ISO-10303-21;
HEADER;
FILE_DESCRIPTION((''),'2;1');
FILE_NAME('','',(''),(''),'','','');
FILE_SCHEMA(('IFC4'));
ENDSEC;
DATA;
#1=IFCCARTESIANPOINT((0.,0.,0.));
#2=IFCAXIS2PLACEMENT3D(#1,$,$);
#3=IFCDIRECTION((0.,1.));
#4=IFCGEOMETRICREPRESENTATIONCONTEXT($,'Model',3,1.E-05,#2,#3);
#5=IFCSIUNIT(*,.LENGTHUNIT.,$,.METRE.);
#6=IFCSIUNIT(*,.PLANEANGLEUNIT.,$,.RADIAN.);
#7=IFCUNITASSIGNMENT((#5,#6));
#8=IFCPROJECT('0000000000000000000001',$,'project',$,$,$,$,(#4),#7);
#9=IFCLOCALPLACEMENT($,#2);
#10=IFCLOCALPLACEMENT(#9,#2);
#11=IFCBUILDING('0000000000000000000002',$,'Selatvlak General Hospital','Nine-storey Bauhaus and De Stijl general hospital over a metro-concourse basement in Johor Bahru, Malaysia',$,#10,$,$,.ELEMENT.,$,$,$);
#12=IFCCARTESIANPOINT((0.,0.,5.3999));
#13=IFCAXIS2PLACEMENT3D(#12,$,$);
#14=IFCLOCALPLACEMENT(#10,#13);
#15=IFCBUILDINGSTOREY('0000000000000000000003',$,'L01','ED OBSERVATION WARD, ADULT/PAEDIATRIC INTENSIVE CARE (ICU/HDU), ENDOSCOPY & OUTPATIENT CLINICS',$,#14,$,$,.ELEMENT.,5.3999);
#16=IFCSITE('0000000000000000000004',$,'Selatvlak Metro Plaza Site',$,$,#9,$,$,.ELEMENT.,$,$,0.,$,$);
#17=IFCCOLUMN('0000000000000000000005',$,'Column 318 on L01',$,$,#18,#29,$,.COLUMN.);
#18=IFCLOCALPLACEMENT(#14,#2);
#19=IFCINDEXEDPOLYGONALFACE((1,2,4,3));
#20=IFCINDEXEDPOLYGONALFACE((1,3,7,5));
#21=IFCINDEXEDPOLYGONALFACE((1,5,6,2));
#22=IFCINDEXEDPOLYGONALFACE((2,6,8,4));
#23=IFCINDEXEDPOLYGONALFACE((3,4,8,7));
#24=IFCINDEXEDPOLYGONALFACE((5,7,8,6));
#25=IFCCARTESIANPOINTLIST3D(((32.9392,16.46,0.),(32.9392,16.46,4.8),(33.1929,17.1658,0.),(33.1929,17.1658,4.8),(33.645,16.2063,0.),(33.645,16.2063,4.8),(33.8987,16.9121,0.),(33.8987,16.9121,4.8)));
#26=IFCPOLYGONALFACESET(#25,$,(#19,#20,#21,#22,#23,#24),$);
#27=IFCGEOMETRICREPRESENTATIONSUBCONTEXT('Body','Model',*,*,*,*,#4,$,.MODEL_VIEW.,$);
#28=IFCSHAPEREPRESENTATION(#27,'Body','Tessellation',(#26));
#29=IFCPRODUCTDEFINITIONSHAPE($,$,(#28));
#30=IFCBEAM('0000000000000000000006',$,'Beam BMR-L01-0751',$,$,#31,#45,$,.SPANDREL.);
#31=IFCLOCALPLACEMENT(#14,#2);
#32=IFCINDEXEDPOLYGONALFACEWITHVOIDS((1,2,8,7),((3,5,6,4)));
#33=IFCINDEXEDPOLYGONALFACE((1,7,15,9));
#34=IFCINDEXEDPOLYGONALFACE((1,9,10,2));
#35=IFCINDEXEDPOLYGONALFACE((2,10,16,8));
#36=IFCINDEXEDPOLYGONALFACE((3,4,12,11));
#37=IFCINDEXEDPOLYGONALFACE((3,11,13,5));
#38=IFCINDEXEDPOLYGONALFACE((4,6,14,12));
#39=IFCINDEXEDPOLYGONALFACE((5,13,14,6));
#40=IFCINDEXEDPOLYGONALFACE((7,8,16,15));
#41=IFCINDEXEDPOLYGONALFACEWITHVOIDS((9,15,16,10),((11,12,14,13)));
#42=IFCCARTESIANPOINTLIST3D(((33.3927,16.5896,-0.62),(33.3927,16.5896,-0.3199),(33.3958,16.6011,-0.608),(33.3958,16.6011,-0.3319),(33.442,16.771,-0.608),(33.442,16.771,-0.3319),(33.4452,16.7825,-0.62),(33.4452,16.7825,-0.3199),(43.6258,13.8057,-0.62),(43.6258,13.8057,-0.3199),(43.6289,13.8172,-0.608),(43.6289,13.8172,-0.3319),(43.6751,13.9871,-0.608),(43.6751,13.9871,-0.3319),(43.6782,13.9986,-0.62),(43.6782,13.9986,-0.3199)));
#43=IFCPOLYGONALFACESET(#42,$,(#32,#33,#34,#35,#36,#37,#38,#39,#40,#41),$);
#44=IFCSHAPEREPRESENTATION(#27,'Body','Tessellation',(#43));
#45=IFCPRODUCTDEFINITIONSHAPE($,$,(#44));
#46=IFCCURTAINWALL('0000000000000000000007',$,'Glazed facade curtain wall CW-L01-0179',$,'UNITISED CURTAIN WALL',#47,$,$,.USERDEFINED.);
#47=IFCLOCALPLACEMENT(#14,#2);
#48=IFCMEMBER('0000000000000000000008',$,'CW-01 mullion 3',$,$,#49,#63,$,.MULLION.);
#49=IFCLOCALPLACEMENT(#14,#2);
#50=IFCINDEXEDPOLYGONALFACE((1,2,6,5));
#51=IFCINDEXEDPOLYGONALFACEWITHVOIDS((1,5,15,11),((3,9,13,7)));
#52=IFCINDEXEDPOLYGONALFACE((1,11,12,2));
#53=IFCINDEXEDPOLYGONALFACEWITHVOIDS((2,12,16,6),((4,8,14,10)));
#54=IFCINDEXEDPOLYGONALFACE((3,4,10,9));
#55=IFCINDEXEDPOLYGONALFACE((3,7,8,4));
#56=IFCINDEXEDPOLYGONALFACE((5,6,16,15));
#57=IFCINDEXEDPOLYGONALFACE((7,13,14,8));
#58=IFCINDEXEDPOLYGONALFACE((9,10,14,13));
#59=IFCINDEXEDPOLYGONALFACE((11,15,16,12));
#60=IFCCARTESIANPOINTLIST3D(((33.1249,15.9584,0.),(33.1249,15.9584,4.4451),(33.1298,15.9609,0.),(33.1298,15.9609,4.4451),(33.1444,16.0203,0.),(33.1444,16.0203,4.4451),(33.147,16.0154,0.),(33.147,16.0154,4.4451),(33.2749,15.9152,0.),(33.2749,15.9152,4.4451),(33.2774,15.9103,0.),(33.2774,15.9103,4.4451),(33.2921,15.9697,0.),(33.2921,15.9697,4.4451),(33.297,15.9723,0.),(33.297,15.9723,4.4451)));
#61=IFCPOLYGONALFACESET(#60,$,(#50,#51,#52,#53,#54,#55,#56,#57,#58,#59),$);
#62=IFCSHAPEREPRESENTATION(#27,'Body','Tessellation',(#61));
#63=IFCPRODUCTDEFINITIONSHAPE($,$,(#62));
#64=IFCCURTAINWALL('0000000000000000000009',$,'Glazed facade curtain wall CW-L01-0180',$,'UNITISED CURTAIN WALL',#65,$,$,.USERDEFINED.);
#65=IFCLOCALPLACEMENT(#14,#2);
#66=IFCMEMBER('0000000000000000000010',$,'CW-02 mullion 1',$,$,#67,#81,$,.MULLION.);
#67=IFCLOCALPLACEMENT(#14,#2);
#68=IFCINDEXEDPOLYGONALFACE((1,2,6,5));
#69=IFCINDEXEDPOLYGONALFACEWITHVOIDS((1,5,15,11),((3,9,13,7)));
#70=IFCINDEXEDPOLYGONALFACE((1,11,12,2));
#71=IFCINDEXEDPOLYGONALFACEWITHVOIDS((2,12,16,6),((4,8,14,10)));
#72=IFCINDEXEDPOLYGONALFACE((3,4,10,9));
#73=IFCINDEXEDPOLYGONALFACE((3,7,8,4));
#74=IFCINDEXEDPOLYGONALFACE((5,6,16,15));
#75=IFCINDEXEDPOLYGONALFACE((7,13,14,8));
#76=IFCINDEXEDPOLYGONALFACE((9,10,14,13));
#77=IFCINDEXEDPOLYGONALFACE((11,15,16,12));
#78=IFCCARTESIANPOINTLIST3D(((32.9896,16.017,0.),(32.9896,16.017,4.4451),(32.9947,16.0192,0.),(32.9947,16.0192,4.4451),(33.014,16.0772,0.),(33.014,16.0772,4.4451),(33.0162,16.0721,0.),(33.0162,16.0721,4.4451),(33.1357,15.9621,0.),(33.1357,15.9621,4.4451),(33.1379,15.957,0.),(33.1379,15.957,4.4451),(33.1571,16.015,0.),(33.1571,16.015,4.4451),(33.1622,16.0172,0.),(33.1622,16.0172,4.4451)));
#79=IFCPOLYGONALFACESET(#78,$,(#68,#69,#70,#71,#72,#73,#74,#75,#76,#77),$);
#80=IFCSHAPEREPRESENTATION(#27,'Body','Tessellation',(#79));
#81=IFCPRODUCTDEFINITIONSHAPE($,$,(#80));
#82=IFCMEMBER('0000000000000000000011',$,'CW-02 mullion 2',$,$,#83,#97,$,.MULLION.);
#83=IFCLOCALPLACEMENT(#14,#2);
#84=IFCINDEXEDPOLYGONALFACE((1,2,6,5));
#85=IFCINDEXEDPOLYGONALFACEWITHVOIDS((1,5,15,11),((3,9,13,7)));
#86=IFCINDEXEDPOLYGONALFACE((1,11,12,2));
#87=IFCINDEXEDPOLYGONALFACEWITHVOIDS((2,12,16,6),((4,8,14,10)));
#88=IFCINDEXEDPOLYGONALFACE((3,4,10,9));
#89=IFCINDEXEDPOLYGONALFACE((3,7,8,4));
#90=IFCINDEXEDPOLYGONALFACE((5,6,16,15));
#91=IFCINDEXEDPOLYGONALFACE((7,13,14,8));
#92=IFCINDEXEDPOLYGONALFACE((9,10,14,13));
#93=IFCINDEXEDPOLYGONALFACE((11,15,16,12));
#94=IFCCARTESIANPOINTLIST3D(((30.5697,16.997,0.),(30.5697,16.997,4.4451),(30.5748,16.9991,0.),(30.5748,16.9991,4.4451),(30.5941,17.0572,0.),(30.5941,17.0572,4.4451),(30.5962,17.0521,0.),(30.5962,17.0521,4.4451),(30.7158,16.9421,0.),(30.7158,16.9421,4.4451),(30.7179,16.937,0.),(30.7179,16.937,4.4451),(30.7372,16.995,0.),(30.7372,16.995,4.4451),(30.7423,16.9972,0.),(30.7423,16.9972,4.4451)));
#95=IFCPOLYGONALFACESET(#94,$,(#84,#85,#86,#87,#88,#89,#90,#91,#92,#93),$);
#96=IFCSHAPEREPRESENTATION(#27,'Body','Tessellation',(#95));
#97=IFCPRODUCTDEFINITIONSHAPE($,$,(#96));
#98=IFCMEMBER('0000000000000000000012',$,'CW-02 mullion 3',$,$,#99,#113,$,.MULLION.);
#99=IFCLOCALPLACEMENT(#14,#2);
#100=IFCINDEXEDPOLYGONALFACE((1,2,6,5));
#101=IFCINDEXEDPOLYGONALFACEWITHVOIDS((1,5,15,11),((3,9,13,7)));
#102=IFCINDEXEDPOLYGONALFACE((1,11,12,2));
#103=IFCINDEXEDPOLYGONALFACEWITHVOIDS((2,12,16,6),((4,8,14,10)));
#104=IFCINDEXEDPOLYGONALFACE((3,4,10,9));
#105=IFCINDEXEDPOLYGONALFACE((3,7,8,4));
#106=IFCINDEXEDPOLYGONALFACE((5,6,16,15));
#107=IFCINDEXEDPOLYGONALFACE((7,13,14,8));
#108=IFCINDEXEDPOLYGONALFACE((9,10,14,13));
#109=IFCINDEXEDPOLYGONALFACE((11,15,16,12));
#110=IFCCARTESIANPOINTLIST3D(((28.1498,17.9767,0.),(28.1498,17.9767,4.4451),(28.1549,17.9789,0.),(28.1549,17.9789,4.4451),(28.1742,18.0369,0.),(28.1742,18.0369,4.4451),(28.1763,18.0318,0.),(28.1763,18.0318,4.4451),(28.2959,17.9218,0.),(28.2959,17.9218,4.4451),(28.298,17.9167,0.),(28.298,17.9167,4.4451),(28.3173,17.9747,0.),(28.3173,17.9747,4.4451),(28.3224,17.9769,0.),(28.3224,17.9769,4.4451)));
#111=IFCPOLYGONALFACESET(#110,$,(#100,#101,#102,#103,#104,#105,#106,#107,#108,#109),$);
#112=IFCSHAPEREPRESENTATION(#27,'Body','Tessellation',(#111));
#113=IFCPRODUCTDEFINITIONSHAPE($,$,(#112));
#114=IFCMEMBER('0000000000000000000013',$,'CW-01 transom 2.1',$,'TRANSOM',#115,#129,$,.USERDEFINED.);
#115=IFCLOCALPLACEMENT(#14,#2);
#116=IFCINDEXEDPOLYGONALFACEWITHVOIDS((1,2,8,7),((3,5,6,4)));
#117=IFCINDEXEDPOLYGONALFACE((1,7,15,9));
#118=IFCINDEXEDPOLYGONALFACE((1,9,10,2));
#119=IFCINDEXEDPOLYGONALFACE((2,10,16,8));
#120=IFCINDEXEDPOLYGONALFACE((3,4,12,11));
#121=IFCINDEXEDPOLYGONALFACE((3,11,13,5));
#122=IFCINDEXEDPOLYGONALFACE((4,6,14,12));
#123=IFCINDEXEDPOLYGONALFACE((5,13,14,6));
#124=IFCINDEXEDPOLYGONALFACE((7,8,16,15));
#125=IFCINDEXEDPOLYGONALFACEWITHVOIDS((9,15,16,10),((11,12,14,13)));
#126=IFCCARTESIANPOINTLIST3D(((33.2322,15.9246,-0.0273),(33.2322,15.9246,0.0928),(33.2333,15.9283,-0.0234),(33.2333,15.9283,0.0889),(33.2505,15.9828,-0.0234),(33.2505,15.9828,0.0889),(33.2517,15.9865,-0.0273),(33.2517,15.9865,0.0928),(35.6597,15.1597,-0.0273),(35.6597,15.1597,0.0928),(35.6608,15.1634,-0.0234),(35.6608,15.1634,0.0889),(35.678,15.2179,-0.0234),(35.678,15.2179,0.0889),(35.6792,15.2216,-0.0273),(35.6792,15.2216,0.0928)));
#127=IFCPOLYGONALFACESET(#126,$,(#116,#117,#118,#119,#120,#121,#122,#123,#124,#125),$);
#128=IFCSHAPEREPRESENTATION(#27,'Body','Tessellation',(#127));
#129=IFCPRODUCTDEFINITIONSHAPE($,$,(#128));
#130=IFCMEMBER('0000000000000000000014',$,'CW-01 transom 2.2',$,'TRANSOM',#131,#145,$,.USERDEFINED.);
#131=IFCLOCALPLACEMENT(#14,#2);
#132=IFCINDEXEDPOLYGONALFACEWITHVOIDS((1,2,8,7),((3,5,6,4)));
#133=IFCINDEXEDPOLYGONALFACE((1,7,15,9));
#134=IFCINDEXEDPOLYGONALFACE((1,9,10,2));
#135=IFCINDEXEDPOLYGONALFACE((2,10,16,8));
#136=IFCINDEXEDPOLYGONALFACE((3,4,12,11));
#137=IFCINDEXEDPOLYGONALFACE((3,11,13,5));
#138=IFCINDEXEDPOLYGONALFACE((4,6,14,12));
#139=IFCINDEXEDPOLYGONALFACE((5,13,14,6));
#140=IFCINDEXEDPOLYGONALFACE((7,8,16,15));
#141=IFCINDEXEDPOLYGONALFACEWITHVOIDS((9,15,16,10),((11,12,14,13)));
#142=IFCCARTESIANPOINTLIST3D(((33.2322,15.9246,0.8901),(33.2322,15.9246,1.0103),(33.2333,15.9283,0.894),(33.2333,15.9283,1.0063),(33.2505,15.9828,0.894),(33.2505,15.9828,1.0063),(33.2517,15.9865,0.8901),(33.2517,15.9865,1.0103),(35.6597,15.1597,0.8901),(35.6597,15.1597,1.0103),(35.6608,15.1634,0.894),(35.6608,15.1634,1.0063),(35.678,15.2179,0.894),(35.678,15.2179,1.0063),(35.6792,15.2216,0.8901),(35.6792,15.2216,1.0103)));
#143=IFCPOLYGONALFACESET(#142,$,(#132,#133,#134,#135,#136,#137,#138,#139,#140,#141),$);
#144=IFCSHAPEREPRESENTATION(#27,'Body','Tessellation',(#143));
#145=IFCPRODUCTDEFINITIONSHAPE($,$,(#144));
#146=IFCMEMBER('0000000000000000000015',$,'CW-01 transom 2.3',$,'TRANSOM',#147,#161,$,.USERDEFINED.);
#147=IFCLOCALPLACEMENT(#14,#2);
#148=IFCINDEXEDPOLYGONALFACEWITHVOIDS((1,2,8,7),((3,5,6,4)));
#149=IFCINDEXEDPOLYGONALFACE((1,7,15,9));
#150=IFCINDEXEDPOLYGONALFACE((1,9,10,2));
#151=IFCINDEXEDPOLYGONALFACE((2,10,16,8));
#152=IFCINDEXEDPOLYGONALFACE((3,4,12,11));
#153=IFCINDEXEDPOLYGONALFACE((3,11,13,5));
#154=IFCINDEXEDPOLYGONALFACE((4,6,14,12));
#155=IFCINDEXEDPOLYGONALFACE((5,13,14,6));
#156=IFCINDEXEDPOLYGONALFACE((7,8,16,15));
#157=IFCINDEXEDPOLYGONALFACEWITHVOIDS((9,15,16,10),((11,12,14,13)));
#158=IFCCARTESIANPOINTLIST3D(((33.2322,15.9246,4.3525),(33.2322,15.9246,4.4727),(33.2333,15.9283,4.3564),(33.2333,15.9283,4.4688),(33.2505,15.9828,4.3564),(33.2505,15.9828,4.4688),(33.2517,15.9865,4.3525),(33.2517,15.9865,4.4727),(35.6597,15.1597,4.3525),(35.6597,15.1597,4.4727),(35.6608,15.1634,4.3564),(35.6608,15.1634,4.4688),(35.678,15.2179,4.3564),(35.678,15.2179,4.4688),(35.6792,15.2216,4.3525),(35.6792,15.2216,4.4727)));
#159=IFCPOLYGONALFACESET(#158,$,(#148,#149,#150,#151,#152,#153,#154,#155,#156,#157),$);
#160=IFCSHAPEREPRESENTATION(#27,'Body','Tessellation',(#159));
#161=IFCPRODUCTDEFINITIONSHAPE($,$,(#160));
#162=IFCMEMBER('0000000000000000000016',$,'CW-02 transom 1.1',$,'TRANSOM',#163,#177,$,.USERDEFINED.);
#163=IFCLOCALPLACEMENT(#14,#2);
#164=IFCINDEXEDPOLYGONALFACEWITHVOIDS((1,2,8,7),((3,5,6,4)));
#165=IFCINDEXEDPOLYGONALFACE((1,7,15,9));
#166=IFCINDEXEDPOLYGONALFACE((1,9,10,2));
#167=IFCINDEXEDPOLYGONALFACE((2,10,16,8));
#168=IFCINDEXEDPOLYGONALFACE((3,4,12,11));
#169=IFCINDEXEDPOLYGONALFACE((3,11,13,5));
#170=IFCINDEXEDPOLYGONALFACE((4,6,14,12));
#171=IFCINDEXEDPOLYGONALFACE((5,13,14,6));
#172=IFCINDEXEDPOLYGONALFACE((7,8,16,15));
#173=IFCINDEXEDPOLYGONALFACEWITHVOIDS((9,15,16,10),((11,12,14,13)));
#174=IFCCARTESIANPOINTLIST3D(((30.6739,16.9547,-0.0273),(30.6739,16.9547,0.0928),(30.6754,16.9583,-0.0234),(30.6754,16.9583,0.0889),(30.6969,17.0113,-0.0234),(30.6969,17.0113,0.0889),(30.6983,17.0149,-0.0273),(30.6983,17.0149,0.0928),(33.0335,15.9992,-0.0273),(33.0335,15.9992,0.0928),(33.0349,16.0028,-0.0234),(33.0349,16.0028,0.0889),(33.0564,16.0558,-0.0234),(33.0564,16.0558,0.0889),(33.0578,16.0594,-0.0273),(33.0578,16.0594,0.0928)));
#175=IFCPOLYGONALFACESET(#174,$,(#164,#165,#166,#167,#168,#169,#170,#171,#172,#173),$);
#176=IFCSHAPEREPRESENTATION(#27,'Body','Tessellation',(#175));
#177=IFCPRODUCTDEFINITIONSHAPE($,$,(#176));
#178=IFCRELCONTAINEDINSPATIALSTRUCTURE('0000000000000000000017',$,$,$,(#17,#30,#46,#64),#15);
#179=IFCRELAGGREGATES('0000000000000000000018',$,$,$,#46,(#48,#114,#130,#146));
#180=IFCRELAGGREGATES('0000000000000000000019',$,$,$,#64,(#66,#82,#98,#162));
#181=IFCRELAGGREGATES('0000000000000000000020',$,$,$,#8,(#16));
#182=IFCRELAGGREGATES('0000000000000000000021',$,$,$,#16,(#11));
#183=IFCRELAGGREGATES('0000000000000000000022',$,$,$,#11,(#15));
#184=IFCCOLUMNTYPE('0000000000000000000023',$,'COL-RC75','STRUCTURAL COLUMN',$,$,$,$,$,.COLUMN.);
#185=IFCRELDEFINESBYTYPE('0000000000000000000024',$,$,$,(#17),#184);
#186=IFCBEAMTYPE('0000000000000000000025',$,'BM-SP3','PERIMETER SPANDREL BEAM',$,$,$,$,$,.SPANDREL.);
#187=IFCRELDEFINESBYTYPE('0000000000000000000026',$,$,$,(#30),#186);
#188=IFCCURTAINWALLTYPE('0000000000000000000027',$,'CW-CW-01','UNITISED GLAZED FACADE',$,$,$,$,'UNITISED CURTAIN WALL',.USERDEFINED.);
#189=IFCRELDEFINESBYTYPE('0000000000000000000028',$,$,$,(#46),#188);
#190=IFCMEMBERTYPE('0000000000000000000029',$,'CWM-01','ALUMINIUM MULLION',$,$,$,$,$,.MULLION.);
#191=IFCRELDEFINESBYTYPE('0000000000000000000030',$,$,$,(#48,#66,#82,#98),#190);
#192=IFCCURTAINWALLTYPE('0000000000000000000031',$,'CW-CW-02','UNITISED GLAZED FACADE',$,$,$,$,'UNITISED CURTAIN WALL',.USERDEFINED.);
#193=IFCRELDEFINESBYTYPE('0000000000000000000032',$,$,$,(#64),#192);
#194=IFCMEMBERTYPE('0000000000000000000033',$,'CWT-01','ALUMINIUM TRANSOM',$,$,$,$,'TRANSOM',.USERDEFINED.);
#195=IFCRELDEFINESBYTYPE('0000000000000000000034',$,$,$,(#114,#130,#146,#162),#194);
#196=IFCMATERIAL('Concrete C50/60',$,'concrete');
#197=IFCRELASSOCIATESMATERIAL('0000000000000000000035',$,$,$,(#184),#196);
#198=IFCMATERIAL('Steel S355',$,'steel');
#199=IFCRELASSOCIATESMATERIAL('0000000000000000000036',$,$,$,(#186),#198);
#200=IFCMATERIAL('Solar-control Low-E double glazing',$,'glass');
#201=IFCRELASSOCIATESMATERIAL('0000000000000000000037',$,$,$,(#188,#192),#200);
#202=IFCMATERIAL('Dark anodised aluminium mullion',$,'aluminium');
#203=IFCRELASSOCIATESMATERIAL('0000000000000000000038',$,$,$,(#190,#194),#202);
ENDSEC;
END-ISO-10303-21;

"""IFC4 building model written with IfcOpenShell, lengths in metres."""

from ifc_helpers import new_model, si_unit, direction, frame, origin, origin_2d, place, context, subcontext, project, spatial, rectangle, hollow_rectangle, extrude, material, material_profile, profile_set, type_object, element, aggregate, save


model = new_model("IFC4")

# Units and contexts
model_context = context("Model", 3, precision=1e-05, world=origin(), true_north=direction((0.0, 1.0)))
body_context = subcontext(model_context, "Body", "Model", "MODEL_VIEW")
ifc_project = project(units=[si_unit("LENGTHUNIT", "METRE"), si_unit("PLANEANGLEUNIT", "RADIAN")], contexts=[model_context])

# Site, building, storey
site_placement = place(None, origin())
site = spatial("IfcSite", under=ifc_project, at=site_placement, Name="Selatvlak Metro Plaza Site", CompositionType="ELEMENT", RefElevation=0.0)
building_placement = place(site_placement, origin())
building = spatial("IfcBuilding", under=site, at=building_placement, Name="Selatvlak General Hospital", Description="Nine-storey Bauhaus and De Stijl general hospital over a metro-concourse basement in Johor Bahru, Malaysia", CompositionType="ELEMENT")
storey_placement = place(building_placement, frame((0.0, 0.0, 5.3999)))
storey = spatial("IfcBuildingStorey", under=building, at=storey_placement, Name="L01", Description="ED OBSERVATION WARD, ADULT/PAEDIATRIC INTENSIVE CARE (ICU/HDU), ENDOSCOPY & OUTPATIENT CLINICS", CompositionType="ELEMENT", Elevation=5.3999)

# Column
ifc_material_1 = material(Name="Concrete C50/60", Category="concrete")
ifc_material_profile_1 = material_profile(ifc_material_1, rectangle(XDim=0.75, YDim=0.75, at=origin_2d()), Name="RC-COL 750x750")
ifc_profile_set_1 = profile_set([ifc_material_profile_1], Name="Concrete C50/60")
column_type = type_object("IfcColumnType", Name="COL-RC75", Description="STRUCTURAL COLUMN", PredefinedType="COLUMN", material=ifc_profile_set_1)
column_placement = place(storey_placement, frame((33.4189, 16.686, 0.0), z_axis=(0.0, 0.0, 1.0), x_axis=(0.338262, 0.941052, 0.0)))
element("IfcColumn", 1, at=column_placement, inside=storey, type_object=column_type, Name="Column 318 on L01", PredefinedType="COLUMN", context=body_context, shape_type="SweptSolid", body=[
    extrude(rectangle(XDim=0.75, YDim=0.75, at=origin_2d()), origin(), (0.0, 0.0, 1.0), 4.8),
])

# Beam
ifc_material_2 = material(Name="Steel S355", Category="steel")
ifc_material_profile_2 = material_profile(ifc_material_2, hollow_rectangle(XDim=0.2, YDim=0.3, WallThickness=0.012, at=origin_2d()), Name="RHS 300x200x12")
ifc_profile_set_2 = profile_set([ifc_material_profile_2], Name="Steel S355")
beam_type = type_object("IfcBeamType", Name="BM-SP3", Description="PERIMETER SPANDREL BEAM", PredefinedType="SPANDREL", material=ifc_profile_set_2)
beam_placement = place(storey_placement, frame((33.4189, 16.686, -0.47), z_axis=(0.964929, -0.26251, 0.0), x_axis=(0.26251, 0.964929, 0.0)))
element("IfcBeam", 2, at=beam_placement, inside=storey, type_object=beam_type, Name="Beam BMR-L01-0751", PredefinedType="SPANDREL", context=body_context, shape_type="SweptSolid", body=[
    extrude(hollow_rectangle(XDim=0.2, YDim=0.3, WallThickness=0.012, at=origin_2d()), origin(), (0.0, 0.0, 1.0), 10.605),
])

# Curtain wall, member
ifc_material_3 = material(Name="Solar-control Low-E double glazing", Category="glass")
curtain_wall_type_1 = type_object("IfcCurtainWallType", Name="CW-CW-01", Description="UNITISED GLAZED FACADE", ElementType="UNITISED CURTAIN WALL", PredefinedType="USERDEFINED", material=ifc_material_3)
curtain_wall_1_placement = place(storey_placement, origin())
curtain_wall_1 = element("IfcCurtainWall", 3, at=curtain_wall_1_placement, inside=storey, type_object=curtain_wall_type_1, Name="Glazed facade curtain wall CW-L01-0179", ObjectType="UNITISED CURTAIN WALL", PredefinedType="USERDEFINED")
ifc_material_4 = material(Name="Dark anodised aluminium mullion", Category="aluminium")
ifc_material_profile_3 = material_profile(ifc_material_4, hollow_rectangle(XDim=0.0649, YDim=0.1599, WallThickness=0.0039, at=origin_2d()), Name="AL-MUL 65x160x4")
ifc_profile_set_3 = profile_set([ifc_material_profile_3], Name="Dark anodised aluminium mullion")
member_type_1 = type_object("IfcMemberType", Name="CWM-01", Description="ALUMINIUM MULLION", PredefinedType="MULLION", material=ifc_profile_set_3)
member_1_placement = place(storey_placement, frame((33.2109, 15.9653, 0.0), z_axis=(0.0, 0.0, 1.0), x_axis=(-0.300461, -0.953794, 0.0)))
member_1 = element("IfcMember", 4, at=member_1_placement, type_object=member_type_1, Name="CW-01 mullion 3", PredefinedType="MULLION", context=body_context, shape_type="SweptSolid", body=[
    extrude(hollow_rectangle(XDim=0.0649, YDim=0.1599, WallThickness=0.0039, at=origin_2d()), origin(), (0.0, 0.0, 1.0), 4.4451),
])

# Curtain wall, members
curtain_wall_type_2 = type_object("IfcCurtainWallType", Name="CW-CW-02", Description="UNITISED GLAZED FACADE", ElementType="UNITISED CURTAIN WALL", PredefinedType="USERDEFINED", material=ifc_material_3)
curtain_wall_2_placement = place(storey_placement, origin())
curtain_wall_2 = element("IfcCurtainWall", 5, at=curtain_wall_2_placement, inside=storey, type_object=curtain_wall_type_2, Name="Glazed facade curtain wall CW-L01-0180", ObjectType="UNITISED CURTAIN WALL", PredefinedType="USERDEFINED")
member_2_placement = place(storey_placement, frame((33.0759, 16.0171, 0.0), z_axis=(0.0, 0.0, 1.0), x_axis=(-0.375301, -0.926903, 0.0)))
member_2 = element("IfcMember", 6, at=member_2_placement, type_object=member_type_1, Name="CW-02 mullion 1", PredefinedType="MULLION", context=body_context, shape_type="SweptSolid", body=[
    extrude(hollow_rectangle(XDim=0.0649, YDim=0.1599, WallThickness=0.0039, at=origin_2d()), origin(), (0.0, 0.0, 1.0), 4.4451),
])
member_3_placement = place(storey_placement, frame((30.656, 16.9971, 0.0), z_axis=(0.0, 0.0, 1.0), x_axis=(-0.375301, -0.926903, 0.0)))
member_3 = element("IfcMember", 7, at=member_3_placement, type_object=member_type_1, Name="CW-02 mullion 2", PredefinedType="MULLION", context=body_context, shape_type="SweptSolid", body=[
    extrude(hollow_rectangle(XDim=0.0649, YDim=0.1599, WallThickness=0.0039, at=origin_2d()), origin(), (0.0, 0.0, 1.0), 4.4451),
])
member_4_placement = place(storey_placement, frame((28.2361, 17.9768, 0.0), z_axis=(0.0, 0.0, 1.0), x_axis=(-0.375301, -0.926903, 0.0)))
member_4 = element("IfcMember", 8, at=member_4_placement, type_object=member_type_1, Name="CW-02 mullion 3", PredefinedType="MULLION", context=body_context, shape_type="SweptSolid", body=[
    extrude(hollow_rectangle(XDim=0.0649, YDim=0.1599, WallThickness=0.0039, at=origin_2d()), origin(), (0.0, 0.0, 1.0), 4.4451),
])

# Members
ifc_material_profile_4 = material_profile(ifc_material_4, hollow_rectangle(XDim=0.0649, YDim=0.1201, WallThickness=0.0039, at=origin_2d()), Name="AL-TRN 65x120x4")
ifc_profile_set_4 = profile_set([ifc_material_profile_4], Name="Dark anodised aluminium mullion")
member_type_2 = type_object("IfcMemberType", Name="CWT-01", Description="ALUMINIUM TRANSOM", ElementType="TRANSOM", PredefinedType="USERDEFINED", material=ifc_profile_set_4)
member_5_placement = place(storey_placement, frame((35.6694, 15.1907, 0.0327), z_axis=(-0.953772, 0.30053, 0.0), x_axis=(-0.30053, -0.953772, 0.0)))
member_5 = element("IfcMember", 9, at=member_5_placement, type_object=member_type_2, Name="CW-01 transom 2.1", ObjectType="TRANSOM", PredefinedType="USERDEFINED", context=body_context, shape_type="SweptSolid", body=[
    extrude(hollow_rectangle(XDim=0.0649, YDim=0.1201, WallThickness=0.0039, at=origin_2d()), origin(), (0.0, 0.0, 1.0), 2.5452),
])
member_6_placement = place(storey_placement, frame((35.6694, 15.1907, 0.9502), z_axis=(-0.953772, 0.30053, 0.0), x_axis=(-0.30053, -0.953772, 0.0)))
member_6 = element("IfcMember", 10, at=member_6_placement, type_object=member_type_2, Name="CW-01 transom 2.2", ObjectType="TRANSOM", PredefinedType="USERDEFINED", context=body_context, shape_type="SweptSolid", body=[
    extrude(hollow_rectangle(XDim=0.0649, YDim=0.1201, WallThickness=0.0039, at=origin_2d()), origin(), (0.0, 0.0, 1.0), 2.5452),
])
member_7_placement = place(storey_placement, frame((35.6694, 15.1907, 4.4126), z_axis=(-0.953772, 0.30053, 0.0), x_axis=(-0.30053, -0.953772, 0.0)))
member_7 = element("IfcMember", 11, at=member_7_placement, type_object=member_type_2, Name="CW-01 transom 2.3", ObjectType="TRANSOM", PredefinedType="USERDEFINED", context=body_context, shape_type="SweptSolid", body=[
    extrude(hollow_rectangle(XDim=0.0649, YDim=0.1201, WallThickness=0.0039, at=origin_2d()), origin(), (0.0, 0.0, 1.0), 2.5452),
])
member_8_placement = place(storey_placement, frame((33.0457, 16.0293, 0.0327), z_axis=(-0.926881, 0.375356, 0.0), x_axis=(-0.375356, -0.926881, 0.0)))
member_8 = element("IfcMember", 12, at=member_8_placement, type_object=member_type_2, Name="CW-02 transom 1.1", ObjectType="TRANSOM", PredefinedType="USERDEFINED", context=body_context, shape_type="SweptSolid", body=[
    extrude(hollow_rectangle(XDim=0.0649, YDim=0.1201, WallThickness=0.0039, at=origin_2d()), origin(), (0.0, 0.0, 1.0), 2.5457),
])

aggregate(curtain_wall_1, [member_1, member_5, member_6, member_7])
aggregate(curtain_wall_2, [member_2, member_3, member_4, member_8])

save(model, "model.ifc")
